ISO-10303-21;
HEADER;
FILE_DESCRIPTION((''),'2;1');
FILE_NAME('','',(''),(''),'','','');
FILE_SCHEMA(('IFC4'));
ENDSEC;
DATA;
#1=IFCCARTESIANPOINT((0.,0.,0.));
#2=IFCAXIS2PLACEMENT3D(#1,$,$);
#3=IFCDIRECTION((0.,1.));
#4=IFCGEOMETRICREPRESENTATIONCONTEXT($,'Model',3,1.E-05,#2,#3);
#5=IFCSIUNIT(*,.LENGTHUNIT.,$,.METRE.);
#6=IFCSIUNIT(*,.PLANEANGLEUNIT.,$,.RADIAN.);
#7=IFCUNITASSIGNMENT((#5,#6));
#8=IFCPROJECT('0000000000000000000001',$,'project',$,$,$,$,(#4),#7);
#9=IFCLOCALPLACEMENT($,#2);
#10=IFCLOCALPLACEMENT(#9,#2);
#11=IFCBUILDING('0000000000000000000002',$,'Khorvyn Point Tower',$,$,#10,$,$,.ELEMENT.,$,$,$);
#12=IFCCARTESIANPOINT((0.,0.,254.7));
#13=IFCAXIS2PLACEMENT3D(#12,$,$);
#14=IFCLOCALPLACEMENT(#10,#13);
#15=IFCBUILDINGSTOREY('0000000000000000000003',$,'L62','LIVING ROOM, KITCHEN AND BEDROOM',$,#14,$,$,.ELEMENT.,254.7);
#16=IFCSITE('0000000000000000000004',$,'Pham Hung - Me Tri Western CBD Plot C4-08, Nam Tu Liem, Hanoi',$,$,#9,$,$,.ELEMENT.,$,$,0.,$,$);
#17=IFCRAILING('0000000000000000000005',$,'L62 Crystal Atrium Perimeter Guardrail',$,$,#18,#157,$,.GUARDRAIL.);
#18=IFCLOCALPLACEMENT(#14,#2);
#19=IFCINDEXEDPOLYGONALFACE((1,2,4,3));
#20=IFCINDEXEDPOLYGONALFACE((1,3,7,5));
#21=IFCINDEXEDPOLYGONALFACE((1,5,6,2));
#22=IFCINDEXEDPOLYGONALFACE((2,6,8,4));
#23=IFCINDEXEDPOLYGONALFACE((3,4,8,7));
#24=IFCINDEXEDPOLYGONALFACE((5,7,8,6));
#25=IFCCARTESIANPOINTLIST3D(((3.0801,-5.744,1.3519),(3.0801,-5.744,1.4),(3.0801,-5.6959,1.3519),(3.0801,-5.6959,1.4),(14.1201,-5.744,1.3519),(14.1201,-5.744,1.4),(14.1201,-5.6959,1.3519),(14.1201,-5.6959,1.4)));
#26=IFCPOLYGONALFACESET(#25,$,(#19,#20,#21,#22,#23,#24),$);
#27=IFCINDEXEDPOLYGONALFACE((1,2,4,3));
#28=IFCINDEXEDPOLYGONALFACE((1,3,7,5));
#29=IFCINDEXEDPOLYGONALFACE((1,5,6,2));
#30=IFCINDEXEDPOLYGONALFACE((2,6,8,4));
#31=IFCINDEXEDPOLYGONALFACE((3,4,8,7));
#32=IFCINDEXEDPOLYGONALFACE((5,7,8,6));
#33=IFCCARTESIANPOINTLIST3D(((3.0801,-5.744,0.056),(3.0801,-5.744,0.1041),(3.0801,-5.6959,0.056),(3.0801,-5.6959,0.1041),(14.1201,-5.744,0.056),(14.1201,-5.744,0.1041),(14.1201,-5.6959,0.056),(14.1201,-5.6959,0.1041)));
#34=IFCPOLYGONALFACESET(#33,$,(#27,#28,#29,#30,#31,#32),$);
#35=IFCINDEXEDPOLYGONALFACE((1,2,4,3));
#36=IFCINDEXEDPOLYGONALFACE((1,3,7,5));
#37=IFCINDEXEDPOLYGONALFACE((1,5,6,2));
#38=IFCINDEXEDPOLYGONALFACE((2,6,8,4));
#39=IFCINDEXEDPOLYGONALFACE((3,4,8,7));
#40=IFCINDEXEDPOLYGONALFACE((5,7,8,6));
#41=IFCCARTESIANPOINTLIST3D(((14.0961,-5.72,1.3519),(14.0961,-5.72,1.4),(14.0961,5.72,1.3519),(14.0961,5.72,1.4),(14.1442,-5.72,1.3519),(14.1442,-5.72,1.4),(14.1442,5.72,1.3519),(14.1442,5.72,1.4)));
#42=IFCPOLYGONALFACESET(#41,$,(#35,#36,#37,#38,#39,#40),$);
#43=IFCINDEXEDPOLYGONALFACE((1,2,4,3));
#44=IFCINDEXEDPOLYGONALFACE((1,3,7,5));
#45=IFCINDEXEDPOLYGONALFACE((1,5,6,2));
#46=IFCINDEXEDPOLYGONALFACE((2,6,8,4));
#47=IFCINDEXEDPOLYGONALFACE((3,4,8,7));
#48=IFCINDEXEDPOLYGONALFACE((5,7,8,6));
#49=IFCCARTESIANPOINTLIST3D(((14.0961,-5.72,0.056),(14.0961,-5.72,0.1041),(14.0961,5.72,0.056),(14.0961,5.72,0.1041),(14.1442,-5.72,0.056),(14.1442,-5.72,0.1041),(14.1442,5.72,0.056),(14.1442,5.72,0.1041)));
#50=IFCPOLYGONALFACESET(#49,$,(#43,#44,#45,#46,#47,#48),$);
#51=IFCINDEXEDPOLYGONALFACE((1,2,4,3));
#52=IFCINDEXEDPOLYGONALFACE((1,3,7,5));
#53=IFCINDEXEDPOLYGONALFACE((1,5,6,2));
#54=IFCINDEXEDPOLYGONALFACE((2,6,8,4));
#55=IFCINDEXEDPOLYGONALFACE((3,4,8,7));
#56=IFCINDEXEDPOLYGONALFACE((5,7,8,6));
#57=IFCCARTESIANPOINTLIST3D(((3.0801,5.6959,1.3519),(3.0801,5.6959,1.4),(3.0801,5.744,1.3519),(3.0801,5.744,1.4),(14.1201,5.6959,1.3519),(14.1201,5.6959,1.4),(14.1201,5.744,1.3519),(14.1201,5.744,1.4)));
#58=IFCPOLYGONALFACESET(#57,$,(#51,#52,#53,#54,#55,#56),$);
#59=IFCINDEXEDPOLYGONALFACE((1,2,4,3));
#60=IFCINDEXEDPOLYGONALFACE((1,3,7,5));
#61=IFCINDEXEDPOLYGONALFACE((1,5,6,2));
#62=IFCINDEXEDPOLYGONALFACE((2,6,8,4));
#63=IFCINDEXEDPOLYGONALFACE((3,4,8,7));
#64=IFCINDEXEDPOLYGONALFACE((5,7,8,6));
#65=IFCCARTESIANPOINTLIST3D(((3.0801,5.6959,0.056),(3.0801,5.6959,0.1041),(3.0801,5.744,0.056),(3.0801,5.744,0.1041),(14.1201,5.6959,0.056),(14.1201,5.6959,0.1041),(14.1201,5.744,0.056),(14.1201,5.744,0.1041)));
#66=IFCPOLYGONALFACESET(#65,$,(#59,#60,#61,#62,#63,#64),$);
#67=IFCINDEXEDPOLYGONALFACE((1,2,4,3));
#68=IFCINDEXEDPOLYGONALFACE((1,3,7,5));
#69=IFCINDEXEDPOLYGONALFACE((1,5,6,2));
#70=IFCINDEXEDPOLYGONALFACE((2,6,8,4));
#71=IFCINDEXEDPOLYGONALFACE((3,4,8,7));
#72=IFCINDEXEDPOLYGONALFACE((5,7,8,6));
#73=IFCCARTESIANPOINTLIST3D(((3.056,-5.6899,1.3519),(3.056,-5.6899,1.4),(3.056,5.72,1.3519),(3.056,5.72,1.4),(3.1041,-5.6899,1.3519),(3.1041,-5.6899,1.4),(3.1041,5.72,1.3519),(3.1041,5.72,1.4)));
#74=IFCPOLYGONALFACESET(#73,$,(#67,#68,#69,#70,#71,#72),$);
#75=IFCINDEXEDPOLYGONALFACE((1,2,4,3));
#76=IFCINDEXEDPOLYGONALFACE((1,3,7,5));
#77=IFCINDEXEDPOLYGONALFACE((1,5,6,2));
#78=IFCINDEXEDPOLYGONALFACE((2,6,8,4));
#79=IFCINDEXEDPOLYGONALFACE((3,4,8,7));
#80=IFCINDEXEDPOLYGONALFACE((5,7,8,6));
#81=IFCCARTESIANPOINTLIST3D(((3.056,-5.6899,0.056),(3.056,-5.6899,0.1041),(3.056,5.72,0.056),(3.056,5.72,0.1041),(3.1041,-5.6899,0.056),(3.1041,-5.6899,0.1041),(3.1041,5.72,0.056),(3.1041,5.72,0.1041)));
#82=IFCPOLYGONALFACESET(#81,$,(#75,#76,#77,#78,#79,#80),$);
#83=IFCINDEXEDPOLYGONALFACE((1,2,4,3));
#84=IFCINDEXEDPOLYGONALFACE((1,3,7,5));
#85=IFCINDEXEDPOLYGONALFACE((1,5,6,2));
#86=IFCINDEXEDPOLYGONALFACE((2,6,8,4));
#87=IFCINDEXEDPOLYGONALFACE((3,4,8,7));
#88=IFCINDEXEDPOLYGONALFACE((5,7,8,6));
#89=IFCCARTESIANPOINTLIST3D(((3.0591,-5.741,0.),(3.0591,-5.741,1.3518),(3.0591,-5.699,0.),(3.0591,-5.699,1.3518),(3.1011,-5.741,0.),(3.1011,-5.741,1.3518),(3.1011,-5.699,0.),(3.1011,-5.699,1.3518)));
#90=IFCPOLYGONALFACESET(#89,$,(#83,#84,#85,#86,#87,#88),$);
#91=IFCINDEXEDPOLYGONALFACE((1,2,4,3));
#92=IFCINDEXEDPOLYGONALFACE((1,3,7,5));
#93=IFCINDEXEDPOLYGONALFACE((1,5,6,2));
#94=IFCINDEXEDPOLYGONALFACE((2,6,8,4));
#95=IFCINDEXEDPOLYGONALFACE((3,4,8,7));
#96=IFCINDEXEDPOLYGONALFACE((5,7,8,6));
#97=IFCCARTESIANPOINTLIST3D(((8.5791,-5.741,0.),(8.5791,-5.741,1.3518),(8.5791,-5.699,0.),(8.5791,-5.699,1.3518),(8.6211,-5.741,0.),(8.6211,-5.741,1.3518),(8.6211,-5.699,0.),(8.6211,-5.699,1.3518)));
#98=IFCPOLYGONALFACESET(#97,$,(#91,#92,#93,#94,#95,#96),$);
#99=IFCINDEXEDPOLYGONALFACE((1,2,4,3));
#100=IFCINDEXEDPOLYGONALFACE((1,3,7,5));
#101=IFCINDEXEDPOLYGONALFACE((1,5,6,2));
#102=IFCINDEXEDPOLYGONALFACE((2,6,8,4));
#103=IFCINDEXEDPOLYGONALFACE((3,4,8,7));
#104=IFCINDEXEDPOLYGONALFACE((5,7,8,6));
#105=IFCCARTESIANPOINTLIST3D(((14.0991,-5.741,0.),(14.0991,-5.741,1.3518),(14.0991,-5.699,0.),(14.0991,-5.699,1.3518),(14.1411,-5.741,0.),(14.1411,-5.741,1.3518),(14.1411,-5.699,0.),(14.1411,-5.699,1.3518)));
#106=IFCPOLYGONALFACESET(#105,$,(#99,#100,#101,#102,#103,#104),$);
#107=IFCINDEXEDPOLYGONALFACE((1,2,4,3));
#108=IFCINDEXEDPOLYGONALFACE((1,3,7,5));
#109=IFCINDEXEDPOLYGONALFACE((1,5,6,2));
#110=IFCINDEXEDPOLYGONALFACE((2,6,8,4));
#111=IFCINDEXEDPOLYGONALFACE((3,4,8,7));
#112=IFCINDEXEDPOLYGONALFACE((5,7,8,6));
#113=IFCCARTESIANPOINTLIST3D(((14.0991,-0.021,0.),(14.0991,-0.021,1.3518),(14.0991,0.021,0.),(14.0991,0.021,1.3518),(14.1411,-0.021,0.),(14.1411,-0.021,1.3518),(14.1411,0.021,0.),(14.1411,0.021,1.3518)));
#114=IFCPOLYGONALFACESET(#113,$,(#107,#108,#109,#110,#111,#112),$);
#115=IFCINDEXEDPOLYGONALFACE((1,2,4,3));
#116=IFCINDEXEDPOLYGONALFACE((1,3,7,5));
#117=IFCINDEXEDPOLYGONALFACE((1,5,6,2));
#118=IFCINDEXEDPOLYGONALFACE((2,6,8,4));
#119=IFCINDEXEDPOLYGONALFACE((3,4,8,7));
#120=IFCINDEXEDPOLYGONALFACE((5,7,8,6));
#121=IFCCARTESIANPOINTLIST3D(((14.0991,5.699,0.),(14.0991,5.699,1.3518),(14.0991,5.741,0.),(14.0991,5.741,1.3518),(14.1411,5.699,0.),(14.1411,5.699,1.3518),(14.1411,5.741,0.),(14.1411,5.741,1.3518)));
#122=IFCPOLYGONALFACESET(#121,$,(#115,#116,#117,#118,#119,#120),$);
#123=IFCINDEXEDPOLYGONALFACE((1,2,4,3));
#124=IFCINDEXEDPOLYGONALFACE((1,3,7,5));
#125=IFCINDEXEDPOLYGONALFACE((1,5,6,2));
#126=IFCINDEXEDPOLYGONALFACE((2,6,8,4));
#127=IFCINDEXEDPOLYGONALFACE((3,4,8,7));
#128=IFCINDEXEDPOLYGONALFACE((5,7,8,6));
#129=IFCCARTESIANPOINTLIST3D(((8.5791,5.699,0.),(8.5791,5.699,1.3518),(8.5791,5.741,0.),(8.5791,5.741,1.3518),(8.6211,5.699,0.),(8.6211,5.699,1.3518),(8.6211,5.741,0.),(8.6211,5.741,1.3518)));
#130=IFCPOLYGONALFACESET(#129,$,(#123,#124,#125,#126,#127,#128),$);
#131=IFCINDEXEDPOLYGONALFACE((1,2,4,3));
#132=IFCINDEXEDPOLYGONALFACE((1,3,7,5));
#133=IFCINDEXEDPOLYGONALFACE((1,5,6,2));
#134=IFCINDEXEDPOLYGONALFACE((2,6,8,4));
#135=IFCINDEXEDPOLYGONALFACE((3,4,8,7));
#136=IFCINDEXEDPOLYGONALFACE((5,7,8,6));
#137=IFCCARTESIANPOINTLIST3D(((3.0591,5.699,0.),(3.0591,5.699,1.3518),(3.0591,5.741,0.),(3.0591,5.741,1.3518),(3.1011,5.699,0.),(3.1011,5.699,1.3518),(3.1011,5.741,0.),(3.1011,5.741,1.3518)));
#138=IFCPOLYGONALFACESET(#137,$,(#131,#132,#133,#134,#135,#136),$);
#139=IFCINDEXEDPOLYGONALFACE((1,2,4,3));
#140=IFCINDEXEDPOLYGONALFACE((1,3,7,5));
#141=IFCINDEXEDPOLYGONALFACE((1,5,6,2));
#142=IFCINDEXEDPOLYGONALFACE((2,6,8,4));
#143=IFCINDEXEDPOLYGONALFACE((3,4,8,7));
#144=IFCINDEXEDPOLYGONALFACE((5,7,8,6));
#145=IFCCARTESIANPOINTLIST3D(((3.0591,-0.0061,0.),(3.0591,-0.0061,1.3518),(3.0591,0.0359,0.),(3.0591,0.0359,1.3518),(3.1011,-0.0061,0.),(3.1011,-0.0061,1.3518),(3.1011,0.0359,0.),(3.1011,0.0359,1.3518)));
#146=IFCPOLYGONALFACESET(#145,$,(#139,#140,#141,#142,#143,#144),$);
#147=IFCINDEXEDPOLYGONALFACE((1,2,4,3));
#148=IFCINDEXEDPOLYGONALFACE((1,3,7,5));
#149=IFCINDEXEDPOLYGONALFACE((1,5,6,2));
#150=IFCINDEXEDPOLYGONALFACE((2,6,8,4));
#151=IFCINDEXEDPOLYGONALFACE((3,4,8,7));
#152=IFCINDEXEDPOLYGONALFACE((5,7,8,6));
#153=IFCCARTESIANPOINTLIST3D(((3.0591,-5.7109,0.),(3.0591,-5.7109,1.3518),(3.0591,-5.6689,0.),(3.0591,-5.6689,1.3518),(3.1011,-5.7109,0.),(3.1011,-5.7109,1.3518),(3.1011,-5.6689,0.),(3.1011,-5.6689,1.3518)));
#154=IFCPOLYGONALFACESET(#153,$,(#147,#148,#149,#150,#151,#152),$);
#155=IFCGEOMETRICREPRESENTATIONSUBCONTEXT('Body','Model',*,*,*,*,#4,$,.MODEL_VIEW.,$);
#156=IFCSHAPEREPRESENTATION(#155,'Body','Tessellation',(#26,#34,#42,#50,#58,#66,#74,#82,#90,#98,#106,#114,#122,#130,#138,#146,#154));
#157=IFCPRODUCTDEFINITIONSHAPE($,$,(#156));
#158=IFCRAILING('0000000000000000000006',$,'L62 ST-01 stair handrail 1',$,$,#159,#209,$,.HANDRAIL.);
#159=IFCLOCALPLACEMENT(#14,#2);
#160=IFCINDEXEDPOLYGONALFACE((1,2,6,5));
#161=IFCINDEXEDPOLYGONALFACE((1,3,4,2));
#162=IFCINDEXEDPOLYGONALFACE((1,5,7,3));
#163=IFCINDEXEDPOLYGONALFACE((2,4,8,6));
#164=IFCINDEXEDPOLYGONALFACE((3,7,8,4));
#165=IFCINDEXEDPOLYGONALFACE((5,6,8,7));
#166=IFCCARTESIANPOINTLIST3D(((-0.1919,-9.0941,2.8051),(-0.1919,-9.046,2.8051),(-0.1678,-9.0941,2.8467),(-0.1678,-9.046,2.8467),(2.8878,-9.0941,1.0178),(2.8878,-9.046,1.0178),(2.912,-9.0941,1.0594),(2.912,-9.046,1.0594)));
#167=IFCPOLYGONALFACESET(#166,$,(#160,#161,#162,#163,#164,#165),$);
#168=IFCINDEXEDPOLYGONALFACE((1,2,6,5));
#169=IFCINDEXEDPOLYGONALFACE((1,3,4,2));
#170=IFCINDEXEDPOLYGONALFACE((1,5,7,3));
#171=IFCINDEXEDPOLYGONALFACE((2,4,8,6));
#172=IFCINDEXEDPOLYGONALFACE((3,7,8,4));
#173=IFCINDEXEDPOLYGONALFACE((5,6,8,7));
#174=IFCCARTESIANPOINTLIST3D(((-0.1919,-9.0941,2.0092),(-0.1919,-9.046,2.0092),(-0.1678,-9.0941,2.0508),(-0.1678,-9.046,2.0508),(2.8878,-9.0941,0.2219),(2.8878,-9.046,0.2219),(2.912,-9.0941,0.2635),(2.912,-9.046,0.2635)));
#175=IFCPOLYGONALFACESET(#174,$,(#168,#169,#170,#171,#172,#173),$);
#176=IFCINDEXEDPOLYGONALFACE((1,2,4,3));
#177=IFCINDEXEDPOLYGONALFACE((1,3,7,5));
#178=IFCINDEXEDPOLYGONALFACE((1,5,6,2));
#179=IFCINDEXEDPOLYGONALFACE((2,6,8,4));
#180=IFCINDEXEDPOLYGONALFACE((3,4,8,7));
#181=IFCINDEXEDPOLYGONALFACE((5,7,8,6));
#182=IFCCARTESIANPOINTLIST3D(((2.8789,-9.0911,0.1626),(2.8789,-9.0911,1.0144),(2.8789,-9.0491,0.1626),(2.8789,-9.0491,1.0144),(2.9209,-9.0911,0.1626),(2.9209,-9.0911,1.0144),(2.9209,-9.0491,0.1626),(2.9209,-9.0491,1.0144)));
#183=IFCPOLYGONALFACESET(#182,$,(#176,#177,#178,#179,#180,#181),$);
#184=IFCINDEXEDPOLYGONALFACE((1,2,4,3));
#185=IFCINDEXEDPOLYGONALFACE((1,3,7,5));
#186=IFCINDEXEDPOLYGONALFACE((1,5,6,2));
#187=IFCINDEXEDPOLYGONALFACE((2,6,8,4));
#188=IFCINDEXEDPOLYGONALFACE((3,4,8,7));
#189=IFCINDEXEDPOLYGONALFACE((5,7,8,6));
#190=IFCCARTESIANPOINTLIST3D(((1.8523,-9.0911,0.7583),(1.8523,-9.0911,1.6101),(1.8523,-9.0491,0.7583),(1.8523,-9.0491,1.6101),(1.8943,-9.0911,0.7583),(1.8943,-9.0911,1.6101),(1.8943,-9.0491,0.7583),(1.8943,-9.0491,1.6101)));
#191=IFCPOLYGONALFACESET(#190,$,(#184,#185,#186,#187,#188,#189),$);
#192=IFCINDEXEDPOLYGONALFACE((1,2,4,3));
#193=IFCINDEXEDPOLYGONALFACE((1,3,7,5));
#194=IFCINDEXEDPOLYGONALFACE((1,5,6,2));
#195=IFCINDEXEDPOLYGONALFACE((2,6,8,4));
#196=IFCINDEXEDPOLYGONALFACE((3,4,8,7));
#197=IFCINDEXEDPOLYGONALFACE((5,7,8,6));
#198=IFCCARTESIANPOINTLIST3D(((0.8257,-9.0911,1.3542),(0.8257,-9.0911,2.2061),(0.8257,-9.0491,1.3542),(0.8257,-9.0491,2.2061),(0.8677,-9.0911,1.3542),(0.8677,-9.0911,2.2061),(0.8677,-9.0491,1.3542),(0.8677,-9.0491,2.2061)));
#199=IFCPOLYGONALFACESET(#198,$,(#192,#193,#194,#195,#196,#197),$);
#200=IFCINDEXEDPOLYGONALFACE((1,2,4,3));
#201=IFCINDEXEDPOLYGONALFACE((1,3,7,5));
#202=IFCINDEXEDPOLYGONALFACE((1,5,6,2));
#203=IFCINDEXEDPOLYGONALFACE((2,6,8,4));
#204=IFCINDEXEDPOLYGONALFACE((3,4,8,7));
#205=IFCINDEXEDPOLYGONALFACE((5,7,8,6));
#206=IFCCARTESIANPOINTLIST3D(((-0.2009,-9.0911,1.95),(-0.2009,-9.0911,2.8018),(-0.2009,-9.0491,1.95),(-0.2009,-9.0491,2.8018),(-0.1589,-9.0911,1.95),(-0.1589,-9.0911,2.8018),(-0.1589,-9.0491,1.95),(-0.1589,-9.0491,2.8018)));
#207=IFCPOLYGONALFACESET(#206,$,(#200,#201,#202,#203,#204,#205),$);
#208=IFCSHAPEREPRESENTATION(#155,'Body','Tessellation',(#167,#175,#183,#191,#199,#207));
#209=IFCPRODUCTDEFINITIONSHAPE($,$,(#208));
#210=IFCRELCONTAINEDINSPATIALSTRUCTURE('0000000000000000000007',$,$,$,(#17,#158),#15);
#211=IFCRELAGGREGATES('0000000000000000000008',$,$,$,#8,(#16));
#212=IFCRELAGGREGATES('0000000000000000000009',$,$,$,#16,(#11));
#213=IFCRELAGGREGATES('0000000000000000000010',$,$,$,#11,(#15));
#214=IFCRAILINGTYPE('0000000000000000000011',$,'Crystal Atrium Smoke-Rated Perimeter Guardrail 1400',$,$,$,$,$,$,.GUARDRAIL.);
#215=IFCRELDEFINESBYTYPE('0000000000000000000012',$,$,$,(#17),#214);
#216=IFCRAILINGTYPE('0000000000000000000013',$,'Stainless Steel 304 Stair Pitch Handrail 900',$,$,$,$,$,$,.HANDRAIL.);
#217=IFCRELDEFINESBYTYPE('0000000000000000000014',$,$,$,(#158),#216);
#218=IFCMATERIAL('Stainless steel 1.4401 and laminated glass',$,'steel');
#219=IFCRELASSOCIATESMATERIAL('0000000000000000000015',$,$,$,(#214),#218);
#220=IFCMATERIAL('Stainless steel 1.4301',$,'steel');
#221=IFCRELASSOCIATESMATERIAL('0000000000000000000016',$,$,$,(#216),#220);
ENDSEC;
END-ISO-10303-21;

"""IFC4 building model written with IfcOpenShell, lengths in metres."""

from ifc_helpers import new_model, si_unit, direction, frame, origin, origin_2d, place, context, subcontext, project, spatial, rectangle, extrude, material, type_object, element, save


model = new_model("IFC4")

# Units and contexts
model_context = context("Model", 3, precision=1e-05, world=origin(), true_north=direction((0.0, 1.0)))
body_context = subcontext(model_context, "Body", "Model", "MODEL_VIEW")
ifc_project = project(units=[si_unit("LENGTHUNIT", "METRE"), si_unit("PLANEANGLEUNIT", "RADIAN")], contexts=[model_context])

# Site, building, storey
site_placement = place(None, origin())
site = spatial("IfcSite", under=ifc_project, at=site_placement, Name="Pham Hung - Me Tri Western CBD Plot C4-08, Nam Tu Liem, Hanoi", CompositionType="ELEMENT", RefElevation=0.0)
building_placement = place(site_placement, origin())
building = spatial("IfcBuilding", under=site, at=building_placement, Name="Khorvyn Point Tower", CompositionType="ELEMENT")
storey_placement = place(building_placement, frame((0.0, 0.0, 254.7)))
storey = spatial("IfcBuildingStorey", under=building, at=storey_placement, Name="L62", Description="LIVING ROOM, KITCHEN AND BEDROOM", CompositionType="ELEMENT", Elevation=254.7)

# Railings
ifc_material_1 = material(Name="Stainless steel 1.4401 and laminated glass", Category="steel")
railing_type_1 = type_object("IfcRailingType", Name="Crystal Atrium Smoke-Rated Perimeter Guardrail 1400", PredefinedType="GUARDRAIL", material=ifc_material_1)
railing_1_placement = place(storey_placement, frame((3.0801, -5.72, 0.0)))
element("IfcRailing", 1, at=railing_1_placement, inside=storey, type_object=railing_type_1, Name="L62 Crystal Atrium Perimeter Guardrail", PredefinedType="GUARDRAIL", context=body_context, shape_type="SweptSolid", body=[
    extrude(rectangle(XDim=0.0481, YDim=0.0481, at=origin_2d()), frame((0.0, 0.0, 1.376), z_axis=(1.0, 0.0, 0.0), x_axis=(0.0, 1.0, 0.0)), (0.0, 0.0, 1.0), 11.04),
    extrude(rectangle(XDim=0.0481, YDim=0.0481, at=origin_2d()), frame((0.0, 0.0, 0.0801), z_axis=(1.0, 0.0, 0.0), x_axis=(0.0, 1.0, 0.0)), (0.0, 0.0, 1.0), 11.04),
    extrude(rectangle(XDim=0.0481, YDim=0.0481, at=origin_2d()), frame((11.04, 0.0, 1.376), z_axis=(0.0, 1.0, 0.0), x_axis=(-1.0, 0.0, 0.0)), (0.0, 0.0, 1.0), 11.4399),
    extrude(rectangle(XDim=0.0481, YDim=0.0481, at=origin_2d()), frame((11.04, 0.0, 0.0801), z_axis=(0.0, 1.0, 0.0), x_axis=(-1.0, 0.0, 0.0)), (0.0, 0.0, 1.0), 11.4399),
    extrude(rectangle(XDim=0.0481, YDim=0.0481, at=origin_2d()), frame((11.04, 11.4399, 1.376), z_axis=(-1.0, 0.0, 0.0), x_axis=(0.0, -1.0, 0.0)), (0.0, 0.0, 1.0), 11.04),
    extrude(rectangle(XDim=0.0481, YDim=0.0481, at=origin_2d()), frame((11.04, 11.4399, 0.0801), z_axis=(-1.0, 0.0, 0.0), x_axis=(0.0, -1.0, 0.0)), (0.0, 0.0, 1.0), 11.04),
    extrude(rectangle(XDim=0.0481, YDim=0.0481, at=origin_2d()), frame((0.0, 11.4399, 1.376), z_axis=(0.0, -1.0, 0.0), x_axis=(1.0, 0.0, 0.0)), (0.0, 0.0, 1.0), 11.4099),
    extrude(rectangle(XDim=0.0481, YDim=0.0481, at=origin_2d()), frame((0.0, 11.4399, 0.0801), z_axis=(0.0, -1.0, 0.0), x_axis=(1.0, 0.0, 0.0)), (0.0, 0.0, 1.0), 11.4099),
    extrude(rectangle(XDim=0.042, YDim=0.042, at=origin_2d()), origin(), (0.0, 0.0, 1.0), 1.3518),
    extrude(rectangle(XDim=0.042, YDim=0.042, at=origin_2d()), frame((5.52, 0.0, 0.0)), (0.0, 0.0, 1.0), 1.3518),
    extrude(rectangle(XDim=0.042, YDim=0.042, at=origin_2d()), frame((11.04, 0.0, 0.0)), (0.0, 0.0, 1.0), 1.3518),
    extrude(rectangle(XDim=0.042, YDim=0.042, at=origin_2d()), frame((11.04, 5.72, 0.0)), (0.0, 0.0, 1.0), 1.3518),
    extrude(rectangle(XDim=0.042, YDim=0.042, at=origin_2d()), frame((11.04, 11.4399, 0.0)), (0.0, 0.0, 1.0), 1.3518),
    extrude(rectangle(XDim=0.042, YDim=0.042, at=origin_2d()), frame((5.52, 11.4399, 0.0)), (0.0, 0.0, 1.0), 1.3518),
    extrude(rectangle(XDim=0.042, YDim=0.042, at=origin_2d()), frame((0.0, 11.4399, 0.0)), (0.0, 0.0, 1.0), 1.3518),
    extrude(rectangle(XDim=0.042, YDim=0.042, at=origin_2d()), frame((0.0, 5.7349, 0.0)), (0.0, 0.0, 1.0), 1.3518),
    extrude(rectangle(XDim=0.042, YDim=0.042, at=origin_2d()), frame((0.0, 0.03, 0.0)), (0.0, 0.0, 1.0), 1.3518),
])
ifc_material_2 = material(Name="Stainless steel 1.4301", Category="steel")
railing_type_2 = type_object("IfcRailingType", Name="Stainless Steel 304 Stair Pitch Handrail 900", PredefinedType="HANDRAIL", material=ifc_material_2)
railing_2_placement = place(storey_placement, frame((2.8999, -9.0701, 0.1626)))
element("IfcRailing", 2, at=railing_2_placement, inside=storey, type_object=railing_type_2, Name="L62 ST-01 stair handrail 1", PredefinedType="HANDRAIL", context=body_context, shape_type="SweptSolid", body=[
    extrude(rectangle(XDim=0.0481, YDim=0.0481, at=origin_2d()), frame((0.0, 0.0, 0.876), z_axis=(-0.864903, 0.0, 0.501939), x_axis=(0.0, -1.0, 0.0)), (0.0, 0.0, 1.0), 3.5608),
    extrude(rectangle(XDim=0.0481, YDim=0.0481, at=origin_2d()), frame((0.0, 0.0, 0.0801), z_axis=(-0.864903, 0.0, 0.501939), x_axis=(0.0, -1.0, 0.0)), (0.0, 0.0, 1.0), 3.5608),
    extrude(rectangle(XDim=0.042, YDim=0.042, at=origin_2d()), origin(), (0.0, 0.0, 1.0), 0.8518),
    extrude(rectangle(XDim=0.042, YDim=0.042, at=origin_2d()), frame((-1.0266, 0.0, 0.5957)), (0.0, 0.0, 1.0), 0.8518),
    extrude(rectangle(XDim=0.042, YDim=0.042, at=origin_2d()), frame((-2.0532, 0.0, 1.1917)), (0.0, 0.0, 1.0), 0.8518),
    extrude(rectangle(XDim=0.042, YDim=0.042, at=origin_2d()), frame((-3.0798, 0.0, 1.7874)), (0.0, 0.0, 1.0), 0.8518),
])

save(model, "model.ifc")
